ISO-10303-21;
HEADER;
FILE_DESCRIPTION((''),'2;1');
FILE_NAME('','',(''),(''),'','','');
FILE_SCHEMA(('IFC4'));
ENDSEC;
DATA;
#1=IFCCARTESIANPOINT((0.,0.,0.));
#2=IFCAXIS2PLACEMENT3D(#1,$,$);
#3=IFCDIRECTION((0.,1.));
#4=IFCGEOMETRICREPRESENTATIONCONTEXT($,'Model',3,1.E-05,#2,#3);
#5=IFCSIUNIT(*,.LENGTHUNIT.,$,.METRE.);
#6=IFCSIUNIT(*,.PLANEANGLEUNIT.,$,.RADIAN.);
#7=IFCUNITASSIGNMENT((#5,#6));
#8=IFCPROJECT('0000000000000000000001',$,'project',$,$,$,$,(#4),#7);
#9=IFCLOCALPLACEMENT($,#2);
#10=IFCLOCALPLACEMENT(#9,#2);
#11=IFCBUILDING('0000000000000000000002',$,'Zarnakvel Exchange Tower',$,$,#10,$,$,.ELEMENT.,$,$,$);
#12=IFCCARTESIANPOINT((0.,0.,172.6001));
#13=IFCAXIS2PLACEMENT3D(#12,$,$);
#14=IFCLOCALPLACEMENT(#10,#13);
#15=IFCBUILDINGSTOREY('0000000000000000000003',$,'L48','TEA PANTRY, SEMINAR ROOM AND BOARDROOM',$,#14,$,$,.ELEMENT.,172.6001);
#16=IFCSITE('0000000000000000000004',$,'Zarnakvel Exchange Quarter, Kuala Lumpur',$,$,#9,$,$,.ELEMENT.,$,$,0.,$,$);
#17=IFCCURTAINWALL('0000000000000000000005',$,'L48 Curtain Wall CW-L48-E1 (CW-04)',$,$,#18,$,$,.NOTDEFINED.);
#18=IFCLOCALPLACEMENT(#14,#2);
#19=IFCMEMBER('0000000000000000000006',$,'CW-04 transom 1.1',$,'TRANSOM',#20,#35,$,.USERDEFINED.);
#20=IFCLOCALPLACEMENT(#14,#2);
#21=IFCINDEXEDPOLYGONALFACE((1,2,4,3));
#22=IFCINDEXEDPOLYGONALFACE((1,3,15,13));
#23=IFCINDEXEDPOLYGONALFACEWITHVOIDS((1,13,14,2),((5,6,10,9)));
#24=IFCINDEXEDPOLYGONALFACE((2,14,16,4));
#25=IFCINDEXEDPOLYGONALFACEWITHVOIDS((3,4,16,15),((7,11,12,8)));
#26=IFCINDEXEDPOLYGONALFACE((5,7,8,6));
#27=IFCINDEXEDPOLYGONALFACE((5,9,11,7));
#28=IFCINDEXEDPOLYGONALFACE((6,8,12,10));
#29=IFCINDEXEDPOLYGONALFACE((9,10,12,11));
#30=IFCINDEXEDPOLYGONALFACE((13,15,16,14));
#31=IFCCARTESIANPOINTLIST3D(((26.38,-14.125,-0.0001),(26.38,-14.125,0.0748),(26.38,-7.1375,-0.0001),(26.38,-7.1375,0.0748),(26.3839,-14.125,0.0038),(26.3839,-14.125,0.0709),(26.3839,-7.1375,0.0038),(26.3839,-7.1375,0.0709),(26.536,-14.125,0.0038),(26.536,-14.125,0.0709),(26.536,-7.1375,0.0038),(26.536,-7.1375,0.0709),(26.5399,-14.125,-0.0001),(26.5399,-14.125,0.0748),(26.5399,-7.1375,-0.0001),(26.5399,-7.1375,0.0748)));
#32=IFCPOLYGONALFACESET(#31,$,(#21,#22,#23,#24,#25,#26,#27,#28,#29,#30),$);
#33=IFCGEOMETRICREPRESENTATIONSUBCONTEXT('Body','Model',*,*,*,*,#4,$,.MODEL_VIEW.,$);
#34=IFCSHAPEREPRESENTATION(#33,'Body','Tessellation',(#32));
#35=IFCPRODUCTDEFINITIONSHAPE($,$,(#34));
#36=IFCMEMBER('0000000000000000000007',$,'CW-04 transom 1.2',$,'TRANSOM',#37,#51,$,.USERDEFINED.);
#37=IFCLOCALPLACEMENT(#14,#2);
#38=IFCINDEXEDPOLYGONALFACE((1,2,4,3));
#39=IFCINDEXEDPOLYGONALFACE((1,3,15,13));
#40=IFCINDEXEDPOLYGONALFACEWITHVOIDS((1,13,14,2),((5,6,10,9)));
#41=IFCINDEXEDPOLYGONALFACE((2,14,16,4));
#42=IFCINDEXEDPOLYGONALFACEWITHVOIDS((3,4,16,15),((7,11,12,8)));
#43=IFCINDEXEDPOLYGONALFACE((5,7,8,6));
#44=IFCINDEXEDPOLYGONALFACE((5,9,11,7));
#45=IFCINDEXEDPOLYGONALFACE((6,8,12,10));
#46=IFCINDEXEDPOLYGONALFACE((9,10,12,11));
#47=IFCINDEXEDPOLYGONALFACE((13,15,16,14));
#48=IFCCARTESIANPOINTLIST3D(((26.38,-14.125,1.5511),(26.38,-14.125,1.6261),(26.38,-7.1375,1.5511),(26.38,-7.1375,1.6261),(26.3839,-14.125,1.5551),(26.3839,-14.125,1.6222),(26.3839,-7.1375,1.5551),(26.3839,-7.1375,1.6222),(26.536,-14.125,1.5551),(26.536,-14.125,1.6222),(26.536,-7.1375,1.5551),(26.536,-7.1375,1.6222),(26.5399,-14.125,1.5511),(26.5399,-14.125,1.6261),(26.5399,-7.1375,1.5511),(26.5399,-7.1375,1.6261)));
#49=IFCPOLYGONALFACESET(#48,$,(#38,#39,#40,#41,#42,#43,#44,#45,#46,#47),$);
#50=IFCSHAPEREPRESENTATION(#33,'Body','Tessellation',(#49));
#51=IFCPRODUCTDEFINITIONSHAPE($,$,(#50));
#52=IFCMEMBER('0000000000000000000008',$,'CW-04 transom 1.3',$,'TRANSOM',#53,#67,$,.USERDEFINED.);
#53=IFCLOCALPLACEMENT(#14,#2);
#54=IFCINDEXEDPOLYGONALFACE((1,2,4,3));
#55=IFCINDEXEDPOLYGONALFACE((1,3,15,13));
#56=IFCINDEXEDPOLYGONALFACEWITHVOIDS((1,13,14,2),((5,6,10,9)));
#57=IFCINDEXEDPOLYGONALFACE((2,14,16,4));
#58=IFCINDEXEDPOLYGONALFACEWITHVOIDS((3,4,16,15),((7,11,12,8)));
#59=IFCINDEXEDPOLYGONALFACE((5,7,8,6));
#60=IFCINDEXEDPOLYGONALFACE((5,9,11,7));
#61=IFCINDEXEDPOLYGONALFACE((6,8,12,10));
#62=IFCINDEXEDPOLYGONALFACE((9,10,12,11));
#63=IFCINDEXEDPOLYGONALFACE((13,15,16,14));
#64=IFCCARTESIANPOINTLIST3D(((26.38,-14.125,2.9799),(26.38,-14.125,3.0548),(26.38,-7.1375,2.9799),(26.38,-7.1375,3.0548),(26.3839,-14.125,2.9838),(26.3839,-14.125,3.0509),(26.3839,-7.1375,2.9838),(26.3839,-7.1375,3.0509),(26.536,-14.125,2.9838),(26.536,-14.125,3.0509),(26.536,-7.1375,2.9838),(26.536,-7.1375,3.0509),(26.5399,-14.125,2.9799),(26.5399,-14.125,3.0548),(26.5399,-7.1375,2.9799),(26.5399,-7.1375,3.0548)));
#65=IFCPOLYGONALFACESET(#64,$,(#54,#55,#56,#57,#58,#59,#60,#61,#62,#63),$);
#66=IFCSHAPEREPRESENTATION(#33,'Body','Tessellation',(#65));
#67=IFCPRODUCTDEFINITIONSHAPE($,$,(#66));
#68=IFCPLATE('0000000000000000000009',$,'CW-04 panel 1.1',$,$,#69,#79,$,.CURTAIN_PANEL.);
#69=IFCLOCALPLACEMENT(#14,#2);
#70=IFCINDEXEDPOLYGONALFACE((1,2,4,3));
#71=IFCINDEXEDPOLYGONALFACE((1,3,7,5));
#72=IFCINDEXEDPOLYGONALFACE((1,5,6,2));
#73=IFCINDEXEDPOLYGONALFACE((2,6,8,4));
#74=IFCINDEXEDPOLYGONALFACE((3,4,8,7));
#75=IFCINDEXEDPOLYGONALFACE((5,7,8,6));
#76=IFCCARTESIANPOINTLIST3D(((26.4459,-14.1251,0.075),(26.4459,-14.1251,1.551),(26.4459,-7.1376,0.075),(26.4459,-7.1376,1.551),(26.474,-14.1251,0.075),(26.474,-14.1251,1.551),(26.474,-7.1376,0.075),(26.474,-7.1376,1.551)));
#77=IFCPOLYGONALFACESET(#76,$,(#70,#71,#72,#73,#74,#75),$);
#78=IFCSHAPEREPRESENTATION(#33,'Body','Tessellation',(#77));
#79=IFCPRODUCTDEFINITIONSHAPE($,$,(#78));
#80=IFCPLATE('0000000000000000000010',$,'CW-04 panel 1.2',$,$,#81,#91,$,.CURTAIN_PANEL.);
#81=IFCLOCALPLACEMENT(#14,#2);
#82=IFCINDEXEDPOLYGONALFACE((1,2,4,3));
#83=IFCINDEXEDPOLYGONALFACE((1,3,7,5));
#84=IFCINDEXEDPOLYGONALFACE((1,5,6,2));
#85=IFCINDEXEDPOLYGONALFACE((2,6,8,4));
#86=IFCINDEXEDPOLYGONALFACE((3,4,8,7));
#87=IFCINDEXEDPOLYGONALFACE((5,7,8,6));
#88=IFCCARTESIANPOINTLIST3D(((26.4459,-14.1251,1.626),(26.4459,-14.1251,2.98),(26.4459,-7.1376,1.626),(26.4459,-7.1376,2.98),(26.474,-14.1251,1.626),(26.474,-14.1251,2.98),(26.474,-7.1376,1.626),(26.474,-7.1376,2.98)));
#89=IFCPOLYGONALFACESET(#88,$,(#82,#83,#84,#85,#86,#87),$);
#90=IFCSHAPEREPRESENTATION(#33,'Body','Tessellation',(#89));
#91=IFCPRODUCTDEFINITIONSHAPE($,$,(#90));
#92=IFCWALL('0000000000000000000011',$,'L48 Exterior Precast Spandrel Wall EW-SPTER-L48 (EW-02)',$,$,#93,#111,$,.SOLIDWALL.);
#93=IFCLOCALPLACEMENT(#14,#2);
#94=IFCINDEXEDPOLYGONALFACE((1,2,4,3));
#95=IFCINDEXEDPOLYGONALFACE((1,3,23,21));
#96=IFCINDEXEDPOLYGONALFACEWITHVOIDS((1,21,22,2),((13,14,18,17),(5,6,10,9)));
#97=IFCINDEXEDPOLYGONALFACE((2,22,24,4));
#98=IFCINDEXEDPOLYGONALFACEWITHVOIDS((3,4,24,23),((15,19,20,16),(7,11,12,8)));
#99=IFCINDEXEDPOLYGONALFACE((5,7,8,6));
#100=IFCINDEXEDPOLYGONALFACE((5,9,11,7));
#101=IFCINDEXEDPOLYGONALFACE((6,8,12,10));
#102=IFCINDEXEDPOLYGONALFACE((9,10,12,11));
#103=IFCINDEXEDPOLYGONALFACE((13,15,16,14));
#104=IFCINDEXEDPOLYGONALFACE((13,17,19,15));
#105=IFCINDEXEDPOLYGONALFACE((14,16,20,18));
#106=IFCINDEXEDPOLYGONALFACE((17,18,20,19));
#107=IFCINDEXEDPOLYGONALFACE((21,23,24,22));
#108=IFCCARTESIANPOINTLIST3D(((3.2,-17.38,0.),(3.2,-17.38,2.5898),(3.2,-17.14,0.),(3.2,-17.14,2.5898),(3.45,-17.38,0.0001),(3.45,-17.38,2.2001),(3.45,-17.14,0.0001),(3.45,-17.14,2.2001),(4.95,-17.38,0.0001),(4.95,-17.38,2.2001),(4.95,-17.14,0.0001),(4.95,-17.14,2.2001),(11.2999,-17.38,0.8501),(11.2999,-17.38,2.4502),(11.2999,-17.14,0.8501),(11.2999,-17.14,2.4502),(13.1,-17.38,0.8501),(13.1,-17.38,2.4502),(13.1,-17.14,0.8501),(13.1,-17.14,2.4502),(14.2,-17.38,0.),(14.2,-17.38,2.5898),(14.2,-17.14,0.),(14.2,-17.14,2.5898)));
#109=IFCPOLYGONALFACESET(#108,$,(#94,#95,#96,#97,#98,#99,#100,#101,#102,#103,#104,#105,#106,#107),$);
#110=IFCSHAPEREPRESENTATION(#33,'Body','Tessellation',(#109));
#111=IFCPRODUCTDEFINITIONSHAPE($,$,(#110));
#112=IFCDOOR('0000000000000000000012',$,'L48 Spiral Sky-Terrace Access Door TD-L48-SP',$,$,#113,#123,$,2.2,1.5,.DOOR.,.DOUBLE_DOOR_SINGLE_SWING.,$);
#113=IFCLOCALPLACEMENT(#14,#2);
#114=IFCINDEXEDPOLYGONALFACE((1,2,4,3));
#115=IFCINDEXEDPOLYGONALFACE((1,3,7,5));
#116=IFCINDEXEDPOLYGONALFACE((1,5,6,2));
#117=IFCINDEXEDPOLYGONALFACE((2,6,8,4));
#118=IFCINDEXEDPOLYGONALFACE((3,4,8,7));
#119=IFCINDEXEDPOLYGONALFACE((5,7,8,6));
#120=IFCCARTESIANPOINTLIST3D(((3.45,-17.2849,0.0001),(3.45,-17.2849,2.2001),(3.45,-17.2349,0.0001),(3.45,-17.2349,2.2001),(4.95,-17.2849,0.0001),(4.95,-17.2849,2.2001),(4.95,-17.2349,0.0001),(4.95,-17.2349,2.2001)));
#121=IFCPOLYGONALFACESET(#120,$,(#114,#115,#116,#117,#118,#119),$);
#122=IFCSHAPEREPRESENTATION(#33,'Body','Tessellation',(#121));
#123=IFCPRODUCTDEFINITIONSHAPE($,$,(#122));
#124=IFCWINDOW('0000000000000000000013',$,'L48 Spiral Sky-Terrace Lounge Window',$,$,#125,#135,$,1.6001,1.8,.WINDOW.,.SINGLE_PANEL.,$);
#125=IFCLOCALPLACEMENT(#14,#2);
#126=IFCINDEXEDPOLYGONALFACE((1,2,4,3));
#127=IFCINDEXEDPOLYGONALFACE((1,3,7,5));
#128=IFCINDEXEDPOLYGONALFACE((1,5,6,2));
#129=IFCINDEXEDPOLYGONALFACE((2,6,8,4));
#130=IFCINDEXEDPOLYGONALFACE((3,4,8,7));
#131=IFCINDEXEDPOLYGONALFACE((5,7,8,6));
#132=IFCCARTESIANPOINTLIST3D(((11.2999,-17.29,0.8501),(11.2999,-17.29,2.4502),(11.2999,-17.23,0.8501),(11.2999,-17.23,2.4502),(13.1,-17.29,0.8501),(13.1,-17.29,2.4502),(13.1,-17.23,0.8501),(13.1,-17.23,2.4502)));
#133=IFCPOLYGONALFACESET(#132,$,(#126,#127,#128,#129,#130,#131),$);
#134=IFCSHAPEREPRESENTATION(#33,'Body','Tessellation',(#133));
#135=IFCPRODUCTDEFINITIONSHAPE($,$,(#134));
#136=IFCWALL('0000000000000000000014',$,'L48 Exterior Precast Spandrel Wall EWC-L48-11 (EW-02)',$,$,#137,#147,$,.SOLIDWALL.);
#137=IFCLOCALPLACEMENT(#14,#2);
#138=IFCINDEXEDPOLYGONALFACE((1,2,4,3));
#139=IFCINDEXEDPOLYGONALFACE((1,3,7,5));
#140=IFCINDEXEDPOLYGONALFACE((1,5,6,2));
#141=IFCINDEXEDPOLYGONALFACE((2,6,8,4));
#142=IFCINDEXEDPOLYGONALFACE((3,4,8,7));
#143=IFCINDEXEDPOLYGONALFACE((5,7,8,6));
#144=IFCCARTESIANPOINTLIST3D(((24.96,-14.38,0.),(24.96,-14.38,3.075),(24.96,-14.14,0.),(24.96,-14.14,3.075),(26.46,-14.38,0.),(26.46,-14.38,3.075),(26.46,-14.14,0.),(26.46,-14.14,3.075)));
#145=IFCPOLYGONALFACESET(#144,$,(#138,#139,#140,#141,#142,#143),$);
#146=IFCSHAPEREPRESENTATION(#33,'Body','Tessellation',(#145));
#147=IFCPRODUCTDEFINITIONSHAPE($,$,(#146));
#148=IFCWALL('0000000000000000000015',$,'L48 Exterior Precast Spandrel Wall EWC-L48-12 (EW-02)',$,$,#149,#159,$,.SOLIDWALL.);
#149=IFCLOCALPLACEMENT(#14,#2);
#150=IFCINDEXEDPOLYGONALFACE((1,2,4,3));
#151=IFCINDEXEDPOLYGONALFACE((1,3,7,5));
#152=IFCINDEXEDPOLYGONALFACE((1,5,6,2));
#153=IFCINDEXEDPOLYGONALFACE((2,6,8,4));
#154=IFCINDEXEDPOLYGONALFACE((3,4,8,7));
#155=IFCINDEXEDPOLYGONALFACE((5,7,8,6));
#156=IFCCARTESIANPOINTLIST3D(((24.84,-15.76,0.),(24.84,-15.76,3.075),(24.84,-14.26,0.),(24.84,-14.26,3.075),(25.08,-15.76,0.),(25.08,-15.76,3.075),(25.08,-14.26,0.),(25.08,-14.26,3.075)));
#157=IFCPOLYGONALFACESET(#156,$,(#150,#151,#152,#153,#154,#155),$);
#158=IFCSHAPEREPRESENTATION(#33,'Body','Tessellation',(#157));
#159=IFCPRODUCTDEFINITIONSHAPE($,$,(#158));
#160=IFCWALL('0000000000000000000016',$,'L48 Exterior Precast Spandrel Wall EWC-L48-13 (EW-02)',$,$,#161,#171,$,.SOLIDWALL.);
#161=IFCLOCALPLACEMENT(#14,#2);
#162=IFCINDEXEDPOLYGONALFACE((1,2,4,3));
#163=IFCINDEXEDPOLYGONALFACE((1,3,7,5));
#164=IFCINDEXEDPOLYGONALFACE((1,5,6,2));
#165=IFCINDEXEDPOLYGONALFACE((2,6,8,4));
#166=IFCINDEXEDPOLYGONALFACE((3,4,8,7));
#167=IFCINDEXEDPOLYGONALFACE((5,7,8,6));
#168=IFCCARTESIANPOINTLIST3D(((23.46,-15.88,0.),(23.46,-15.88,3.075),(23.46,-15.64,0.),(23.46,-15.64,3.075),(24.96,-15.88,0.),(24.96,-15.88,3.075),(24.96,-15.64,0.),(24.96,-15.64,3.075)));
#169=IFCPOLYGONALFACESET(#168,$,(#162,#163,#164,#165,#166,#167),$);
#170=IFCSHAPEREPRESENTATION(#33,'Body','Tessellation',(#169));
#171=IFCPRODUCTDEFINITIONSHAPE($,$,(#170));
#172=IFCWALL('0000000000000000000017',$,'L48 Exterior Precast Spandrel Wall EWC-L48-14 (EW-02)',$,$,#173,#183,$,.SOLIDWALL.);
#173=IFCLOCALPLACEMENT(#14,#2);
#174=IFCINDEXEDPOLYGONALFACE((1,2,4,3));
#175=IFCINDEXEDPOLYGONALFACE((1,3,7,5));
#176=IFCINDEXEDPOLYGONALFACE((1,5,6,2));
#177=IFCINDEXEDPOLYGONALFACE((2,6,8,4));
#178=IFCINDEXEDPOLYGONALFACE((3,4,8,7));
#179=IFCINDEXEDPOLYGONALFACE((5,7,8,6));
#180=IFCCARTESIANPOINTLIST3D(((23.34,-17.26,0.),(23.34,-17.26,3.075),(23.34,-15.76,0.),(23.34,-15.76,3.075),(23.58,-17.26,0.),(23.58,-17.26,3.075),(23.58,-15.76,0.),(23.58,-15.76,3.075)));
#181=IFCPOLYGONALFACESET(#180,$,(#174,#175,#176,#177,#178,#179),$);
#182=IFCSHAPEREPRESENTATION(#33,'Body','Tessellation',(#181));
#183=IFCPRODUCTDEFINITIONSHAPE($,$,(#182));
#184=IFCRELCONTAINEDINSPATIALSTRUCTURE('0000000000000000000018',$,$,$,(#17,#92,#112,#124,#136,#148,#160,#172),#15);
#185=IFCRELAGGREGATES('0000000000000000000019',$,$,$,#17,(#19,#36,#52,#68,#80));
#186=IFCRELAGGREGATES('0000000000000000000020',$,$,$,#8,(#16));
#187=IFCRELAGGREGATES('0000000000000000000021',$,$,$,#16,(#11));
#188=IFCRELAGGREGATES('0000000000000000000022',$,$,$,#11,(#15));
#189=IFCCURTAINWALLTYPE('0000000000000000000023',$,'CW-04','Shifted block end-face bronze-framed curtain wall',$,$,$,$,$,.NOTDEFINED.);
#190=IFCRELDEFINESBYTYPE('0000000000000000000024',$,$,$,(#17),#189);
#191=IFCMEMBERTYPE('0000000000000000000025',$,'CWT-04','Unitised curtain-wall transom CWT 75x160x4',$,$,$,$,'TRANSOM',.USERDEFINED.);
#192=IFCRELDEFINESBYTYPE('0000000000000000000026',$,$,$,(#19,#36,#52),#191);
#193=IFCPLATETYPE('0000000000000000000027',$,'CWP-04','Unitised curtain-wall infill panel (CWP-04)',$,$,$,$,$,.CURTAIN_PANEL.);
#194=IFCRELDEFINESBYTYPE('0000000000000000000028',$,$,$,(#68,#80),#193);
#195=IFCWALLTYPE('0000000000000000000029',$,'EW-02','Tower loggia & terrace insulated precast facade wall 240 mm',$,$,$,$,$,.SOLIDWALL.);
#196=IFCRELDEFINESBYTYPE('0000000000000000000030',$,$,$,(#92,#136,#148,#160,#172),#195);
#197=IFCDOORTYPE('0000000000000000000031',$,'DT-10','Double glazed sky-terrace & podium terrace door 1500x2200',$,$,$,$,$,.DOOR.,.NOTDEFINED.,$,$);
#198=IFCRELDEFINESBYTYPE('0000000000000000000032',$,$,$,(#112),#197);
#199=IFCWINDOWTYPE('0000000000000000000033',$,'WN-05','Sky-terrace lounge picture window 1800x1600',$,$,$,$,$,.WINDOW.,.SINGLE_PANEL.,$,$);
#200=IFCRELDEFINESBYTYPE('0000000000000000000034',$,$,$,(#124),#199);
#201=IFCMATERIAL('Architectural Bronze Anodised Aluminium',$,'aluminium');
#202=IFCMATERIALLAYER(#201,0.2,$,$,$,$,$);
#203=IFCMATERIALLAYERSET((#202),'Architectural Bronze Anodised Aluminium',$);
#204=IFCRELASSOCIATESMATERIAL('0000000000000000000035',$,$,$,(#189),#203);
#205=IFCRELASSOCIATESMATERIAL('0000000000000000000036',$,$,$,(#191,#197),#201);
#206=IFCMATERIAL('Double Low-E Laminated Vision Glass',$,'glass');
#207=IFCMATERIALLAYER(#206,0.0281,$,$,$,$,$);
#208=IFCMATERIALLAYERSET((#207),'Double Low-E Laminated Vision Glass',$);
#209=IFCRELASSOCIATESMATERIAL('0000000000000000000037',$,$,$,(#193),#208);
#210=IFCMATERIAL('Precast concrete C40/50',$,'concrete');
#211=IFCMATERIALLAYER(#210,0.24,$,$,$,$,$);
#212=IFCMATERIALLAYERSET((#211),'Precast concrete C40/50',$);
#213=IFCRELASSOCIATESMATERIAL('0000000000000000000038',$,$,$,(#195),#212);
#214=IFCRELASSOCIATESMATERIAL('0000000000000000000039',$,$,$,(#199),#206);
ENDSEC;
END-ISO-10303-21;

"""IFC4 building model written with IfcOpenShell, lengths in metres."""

from ifc_helpers import new_model, si_unit, direction, frame, frame_2d, origin, origin_2d, place, context, subcontext, project, spatial, rectangle, hollow_rectangle, extrude, source, transform, mapped, material, layer, layer_set, material_profile, profile_set, type_object, element, fill, aggregate, save


model = new_model("IFC4")

# Units and contexts
model_context = context("Model", 3, precision=1e-05, world=origin(), true_north=direction((0.0, 1.0)))
body_context = subcontext(model_context, "Body", "Model", "MODEL_VIEW")
ifc_project = project(units=[si_unit("LENGTHUNIT", "METRE"), si_unit("PLANEANGLEUNIT", "RADIAN")], contexts=[model_context])

# Site, building, storey
site_placement = place(None, origin())
site = spatial("IfcSite", under=ifc_project, at=site_placement, Name="Zarnakvel Exchange Quarter, Kuala Lumpur", CompositionType="ELEMENT", RefElevation=0.0)
building_placement = place(site_placement, origin())
building = spatial("IfcBuilding", under=site, at=building_placement, Name="Zarnakvel Exchange Tower", CompositionType="ELEMENT")
storey_placement = place(building_placement, frame((0.0, 0.0, 172.6001)))
storey = spatial("IfcBuildingStorey", under=building, at=storey_placement, Name="L48", Description="TEA PANTRY, SEMINAR ROOM AND BOARDROOM", CompositionType="ELEMENT", Elevation=172.6001)

# Curtain wall, members, plates
ifc_material_1 = material(Name="Architectural Bronze Anodised Aluminium", Category="aluminium")
ifc_layer_1 = layer(ifc_material_1, 0.2)
ifc_layer_set_1 = layer_set([ifc_layer_1], Name="Architectural Bronze Anodised Aluminium")
curtain_wall_type = type_object("IfcCurtainWallType", Name="CW-04", Description="Shifted block end-face bronze-framed curtain wall", PredefinedType="NOTDEFINED", material=ifc_layer_set_1)
curtain_wall_placement = place(storey_placement, origin())
curtain_wall = element("IfcCurtainWall", 1, at=curtain_wall_placement, inside=storey, type_object=curtain_wall_type, Name="L48 Curtain Wall CW-L48-E1 (CW-04)", PredefinedType="NOTDEFINED")
ifc_material_profile_1 = material_profile(ifc_material_1, hollow_rectangle(XDim=0.1599, YDim=0.075, WallThickness=0.0039, at=origin_2d()))
ifc_profile_set_1 = profile_set([ifc_material_profile_1], Name="Architectural Bronze Anodised Aluminium")
member_type_1 = type_object("IfcMemberType", Name="CWT-04", Description="Unitised curtain-wall transom CWT 75x160x4", ElementType="TRANSOM", PredefinedType="USERDEFINED", material=ifc_profile_set_1)
shared_shape_1 = source(origin(), body_context, "Body", "SweptSolid", [
    extrude(hollow_rectangle(XDim=0.1599, YDim=0.075, WallThickness=0.0039, at=origin_2d()), origin(), (0.0, 0.0, 1.0), 6.9875),
])
member_1_placement = place(storey_placement, frame((26.46, -14.125, 0.0374), z_axis=(0.0, 1.0, 0.0), x_axis=(-1.0, 0.0, 0.0)))
member_1 = element("IfcMember", 2, at=member_1_placement, type_object=member_type_1, Name="CW-04 transom 1.1", ObjectType="TRANSOM", PredefinedType="USERDEFINED", context=body_context, shape_type="MappedRepresentation", body=[
    mapped(shared_shape_1, transform((0.0, 0.0, 0.0), x_axis=(1.0, 0.0, 0.0), y_axis=(0.0, 1.0, 0.0), z_axis=(0.0, 0.0, 1.0), scale=1.0)),
])
member_2_placement = place(storey_placement, frame((26.46, -14.125, 1.5886), z_axis=(0.0, 1.0, 0.0), x_axis=(-1.0, 0.0, 0.0)))
member_2 = element("IfcMember", 3, at=member_2_placement, type_object=member_type_1, Name="CW-04 transom 1.2", ObjectType="TRANSOM", PredefinedType="USERDEFINED", context=body_context, shape_type="MappedRepresentation", body=[
    mapped(shared_shape_1, transform((0.0, 0.0, 0.0), x_axis=(1.0, 0.0, 0.0), y_axis=(0.0, 1.0, 0.0), z_axis=(0.0, 0.0, 1.0), scale=1.0)),
])
member_3_placement = place(storey_placement, frame((26.46, -14.125, 3.0173), z_axis=(0.0, 1.0, 0.0), x_axis=(-1.0, 0.0, 0.0)))
member_3 = element("IfcMember", 4, at=member_3_placement, type_object=member_type_1, Name="CW-04 transom 1.3", ObjectType="TRANSOM", PredefinedType="USERDEFINED", context=body_context, shape_type="MappedRepresentation", body=[
    mapped(shared_shape_1, transform((0.0, 0.0, 0.0), x_axis=(1.0, 0.0, 0.0), y_axis=(0.0, 1.0, 0.0), z_axis=(0.0, 0.0, 1.0), scale=1.0)),
])
ifc_material_2 = material(Name="Double Low-E Laminated Vision Glass", Category="glass")
ifc_layer_2 = layer(ifc_material_2, 0.0281)
ifc_layer_set_2 = layer_set([ifc_layer_2], Name="Double Low-E Laminated Vision Glass")
plate_type = type_object("IfcPlateType", Name="CWP-04", Description="Unitised curtain-wall infill panel (CWP-04)", PredefinedType="CURTAIN_PANEL", material=ifc_layer_set_2)
shared_shape_2 = source(origin(), body_context, "Body", "SweptSolid", [
    extrude(rectangle(XDim=6.9875, YDim=0.0281, at=origin_2d()), origin(), (0.0, 0.0, 1.0), 1.4761),
])
plate_1_placement = place(storey_placement, frame((26.46, -10.6313, 0.075), z_axis=(0.0, 0.0, 1.0), x_axis=(0.0, 1.0, 0.0)))
plate_1 = element("IfcPlate", 5, at=plate_1_placement, type_object=plate_type, Name="CW-04 panel 1.1", PredefinedType="CURTAIN_PANEL", context=body_context, shape_type="MappedRepresentation", body=[
    mapped(shared_shape_2, transform((0.0, 0.0, 0.0), x_axis=(1.0, 0.0, 0.0), y_axis=(0.0, 1.0, 0.0), z_axis=(0.0, 0.0, 1.0), scale=1.0)),
])
shared_shape_3 = source(origin(), body_context, "Body", "SweptSolid", [
    extrude(rectangle(XDim=6.9875, YDim=0.0281, at=origin_2d()), origin(), (0.0, 0.0, 1.0), 1.354),
])
plate_2_placement = place(storey_placement, frame((26.46, -10.6313, 1.626), z_axis=(0.0, 0.0, 1.0), x_axis=(0.0, 1.0, 0.0)))
plate_2 = element("IfcPlate", 6, at=plate_2_placement, type_object=plate_type, Name="CW-04 panel 1.2", PredefinedType="CURTAIN_PANEL", context=body_context, shape_type="MappedRepresentation", body=[
    mapped(shared_shape_3, transform((0.0, 0.0, 0.0), x_axis=(1.0, 0.0, 0.0), y_axis=(0.0, 1.0, 0.0), z_axis=(0.0, 0.0, 1.0), scale=1.0)),
])
aggregate(curtain_wall, [member_1, member_2, member_3, plate_1, plate_2])

# Wall, openings, door, window
ifc_material_3 = material(Name="Precast concrete C40/50", Category="concrete")
ifc_layer_3 = layer(ifc_material_3, 0.24)
ifc_layer_set_3 = layer_set([ifc_layer_3], Name="Precast concrete C40/50")
wall_type_1 = type_object("IfcWallType", Name="EW-02", Description="Tower loggia & terrace insulated precast facade wall 240 mm", PredefinedType="SOLIDWALL", material=ifc_layer_set_3)
wall_1_placement = place(storey_placement, frame((14.2, -17.26, 0.0), z_axis=(0.0, 0.0, 1.0), x_axis=(-1.0, 0.0, 0.0)))
wall_1 = element("IfcWall", 7, at=wall_1_placement, inside=storey, type_object=wall_type_1, Name="L48 Exterior Precast Spandrel Wall EW-SPTER-L48 (EW-02)", PredefinedType="SOLIDWALL", context=body_context, shape_type="SweptSolid", body=[
    extrude(rectangle(XDim=11.0, YDim=0.24, at=frame_2d((5.5, 0.0))), origin(), (0.0, 0.0, 1.0), 2.5898),
])
opening_1_placement = place(wall_1_placement, frame((9.25, 0.0, 0.0)))
opening_1 = element("IfcOpeningElement", 8, at=opening_1_placement, cuts=wall_1, PredefinedType="OPENING", context=body_context, shape_type="SweptSolid", body=[
    extrude(rectangle(XDim=1.5, YDim=2.2, at=frame_2d((0.75, 1.1001))), frame((0.0, 0.1299, 0.0), z_axis=(0.0, -1.0, 0.0), x_axis=(1.0, 0.0, 0.0)), (0.0, 0.0, 1.0), 0.26),
])
opening_2_placement = place(wall_1_placement, frame((1.1001, 0.0, 0.8501)))
opening_2 = element("IfcOpeningElement", 9, at=opening_2_placement, cuts=wall_1, PredefinedType="OPENING", context=body_context, shape_type="SweptSolid", body=[
    extrude(rectangle(XDim=1.8, YDim=1.6001, at=frame_2d((0.8999, 0.8))), frame((0.0, 0.1299, 0.0), z_axis=(0.0, -1.0, 0.0), x_axis=(1.0, 0.0, 0.0)), (0.0, 0.0, 1.0), 0.26),
])
door_type = type_object("IfcDoorType", Name="DT-10", Description="Double glazed sky-terrace & podium terrace door 1500x2200", OperationType="NOTDEFINED", PredefinedType="DOOR", material=ifc_material_1)
shared_shape_4 = source(origin(), body_context, "Body", "SweptSolid", [
    extrude(rectangle(XDim=1.5, YDim=2.2, at=frame_2d((0.75, 1.1001))), frame((0.0, 0.0249, 0.0), z_axis=(0.0, -1.0, 0.0), x_axis=(1.0, 0.0, 0.0)), (0.0, 0.0, 1.0), 0.05),
])
door_placement = place(opening_1_placement, origin())
door = element("IfcDoor", 10, at=door_placement, inside=storey, type_object=door_type, Name="L48 Spiral Sky-Terrace Access Door TD-L48-SP", OperationType="DOUBLE_DOOR_SINGLE_SWING", OverallHeight=2.2, OverallWidth=1.5, PredefinedType="DOOR", context=body_context, shape_type="MappedRepresentation", body=[
    mapped(shared_shape_4, transform((0.0, 0.0, 0.0), x_axis=(1.0, 0.0, 0.0), y_axis=(0.0, 1.0, 0.0), z_axis=(0.0, 0.0, 1.0), scale=1.0)),
])
fill(opening_1, door)
window_type = type_object("IfcWindowType", Name="WN-05", Description="Sky-terrace lounge picture window 1800x1600", PartitioningType="SINGLE_PANEL", PredefinedType="WINDOW", material=ifc_material_2)
shared_shape_5 = source(origin(), body_context, "Body", "SweptSolid", [
    extrude(rectangle(XDim=1.8, YDim=1.6001, at=frame_2d((0.8999, 0.8))), frame((0.0, 0.03, 0.0), z_axis=(0.0, -1.0, 0.0), x_axis=(1.0, 0.0, 0.0)), (0.0, 0.0, 1.0), 0.0601),
])
window_placement = place(opening_2_placement, origin())
window = element("IfcWindow", 11, at=window_placement, inside=storey, type_object=window_type, Name="L48 Spiral Sky-Terrace Lounge Window", OverallHeight=1.6001, OverallWidth=1.8, PartitioningType="SINGLE_PANEL", PredefinedType="WINDOW", context=body_context, shape_type="MappedRepresentation", body=[
    mapped(shared_shape_5, transform((0.0, 0.0, 0.0), x_axis=(1.0, 0.0, 0.0), y_axis=(0.0, 1.0, 0.0), z_axis=(0.0, 0.0, 1.0), scale=1.0)),
])
fill(opening_2, window)

# Walls
for number, where, z_axis, x_axis, name in (
    (12, (24.96, -14.26, 0.0), (0.0, 0.0, 1.0), (1.0, 0.0, 0.0), "L48 Exterior Precast Spandrel Wall EWC-L48-11 (EW-02)"),
    (13, (24.96, -15.76, 0.0), (0.0, 0.0, 1.0), (0.0, 1.0, 0.0), "L48 Exterior Precast Spandrel Wall EWC-L48-12 (EW-02)"),
    (14, (23.46, -15.76, 0.0), (0.0, 0.0, 1.0), (1.0, 0.0, 0.0), "L48 Exterior Precast Spandrel Wall EWC-L48-13 (EW-02)"),
    (15, (23.46, -17.26, 0.0), (0.0, 0.0, 1.0), (0.0, 1.0, 0.0), "L48 Exterior Precast Spandrel Wall EWC-L48-14 (EW-02)"),
):
    element("IfcWall", number, at=place(storey_placement, frame(where, z_axis=z_axis, x_axis=x_axis)), inside=storey, type_object=wall_type_1, Name=name, PredefinedType="SOLIDWALL", context=body_context, shape_type="SweptSolid", body=[
        extrude(rectangle(XDim=1.5, YDim=0.24, at=frame_2d((0.75, 0.0))), origin(), (0.0, 0.0, 1.0), 3.075),
    ])

save(model, "model.ifc")
